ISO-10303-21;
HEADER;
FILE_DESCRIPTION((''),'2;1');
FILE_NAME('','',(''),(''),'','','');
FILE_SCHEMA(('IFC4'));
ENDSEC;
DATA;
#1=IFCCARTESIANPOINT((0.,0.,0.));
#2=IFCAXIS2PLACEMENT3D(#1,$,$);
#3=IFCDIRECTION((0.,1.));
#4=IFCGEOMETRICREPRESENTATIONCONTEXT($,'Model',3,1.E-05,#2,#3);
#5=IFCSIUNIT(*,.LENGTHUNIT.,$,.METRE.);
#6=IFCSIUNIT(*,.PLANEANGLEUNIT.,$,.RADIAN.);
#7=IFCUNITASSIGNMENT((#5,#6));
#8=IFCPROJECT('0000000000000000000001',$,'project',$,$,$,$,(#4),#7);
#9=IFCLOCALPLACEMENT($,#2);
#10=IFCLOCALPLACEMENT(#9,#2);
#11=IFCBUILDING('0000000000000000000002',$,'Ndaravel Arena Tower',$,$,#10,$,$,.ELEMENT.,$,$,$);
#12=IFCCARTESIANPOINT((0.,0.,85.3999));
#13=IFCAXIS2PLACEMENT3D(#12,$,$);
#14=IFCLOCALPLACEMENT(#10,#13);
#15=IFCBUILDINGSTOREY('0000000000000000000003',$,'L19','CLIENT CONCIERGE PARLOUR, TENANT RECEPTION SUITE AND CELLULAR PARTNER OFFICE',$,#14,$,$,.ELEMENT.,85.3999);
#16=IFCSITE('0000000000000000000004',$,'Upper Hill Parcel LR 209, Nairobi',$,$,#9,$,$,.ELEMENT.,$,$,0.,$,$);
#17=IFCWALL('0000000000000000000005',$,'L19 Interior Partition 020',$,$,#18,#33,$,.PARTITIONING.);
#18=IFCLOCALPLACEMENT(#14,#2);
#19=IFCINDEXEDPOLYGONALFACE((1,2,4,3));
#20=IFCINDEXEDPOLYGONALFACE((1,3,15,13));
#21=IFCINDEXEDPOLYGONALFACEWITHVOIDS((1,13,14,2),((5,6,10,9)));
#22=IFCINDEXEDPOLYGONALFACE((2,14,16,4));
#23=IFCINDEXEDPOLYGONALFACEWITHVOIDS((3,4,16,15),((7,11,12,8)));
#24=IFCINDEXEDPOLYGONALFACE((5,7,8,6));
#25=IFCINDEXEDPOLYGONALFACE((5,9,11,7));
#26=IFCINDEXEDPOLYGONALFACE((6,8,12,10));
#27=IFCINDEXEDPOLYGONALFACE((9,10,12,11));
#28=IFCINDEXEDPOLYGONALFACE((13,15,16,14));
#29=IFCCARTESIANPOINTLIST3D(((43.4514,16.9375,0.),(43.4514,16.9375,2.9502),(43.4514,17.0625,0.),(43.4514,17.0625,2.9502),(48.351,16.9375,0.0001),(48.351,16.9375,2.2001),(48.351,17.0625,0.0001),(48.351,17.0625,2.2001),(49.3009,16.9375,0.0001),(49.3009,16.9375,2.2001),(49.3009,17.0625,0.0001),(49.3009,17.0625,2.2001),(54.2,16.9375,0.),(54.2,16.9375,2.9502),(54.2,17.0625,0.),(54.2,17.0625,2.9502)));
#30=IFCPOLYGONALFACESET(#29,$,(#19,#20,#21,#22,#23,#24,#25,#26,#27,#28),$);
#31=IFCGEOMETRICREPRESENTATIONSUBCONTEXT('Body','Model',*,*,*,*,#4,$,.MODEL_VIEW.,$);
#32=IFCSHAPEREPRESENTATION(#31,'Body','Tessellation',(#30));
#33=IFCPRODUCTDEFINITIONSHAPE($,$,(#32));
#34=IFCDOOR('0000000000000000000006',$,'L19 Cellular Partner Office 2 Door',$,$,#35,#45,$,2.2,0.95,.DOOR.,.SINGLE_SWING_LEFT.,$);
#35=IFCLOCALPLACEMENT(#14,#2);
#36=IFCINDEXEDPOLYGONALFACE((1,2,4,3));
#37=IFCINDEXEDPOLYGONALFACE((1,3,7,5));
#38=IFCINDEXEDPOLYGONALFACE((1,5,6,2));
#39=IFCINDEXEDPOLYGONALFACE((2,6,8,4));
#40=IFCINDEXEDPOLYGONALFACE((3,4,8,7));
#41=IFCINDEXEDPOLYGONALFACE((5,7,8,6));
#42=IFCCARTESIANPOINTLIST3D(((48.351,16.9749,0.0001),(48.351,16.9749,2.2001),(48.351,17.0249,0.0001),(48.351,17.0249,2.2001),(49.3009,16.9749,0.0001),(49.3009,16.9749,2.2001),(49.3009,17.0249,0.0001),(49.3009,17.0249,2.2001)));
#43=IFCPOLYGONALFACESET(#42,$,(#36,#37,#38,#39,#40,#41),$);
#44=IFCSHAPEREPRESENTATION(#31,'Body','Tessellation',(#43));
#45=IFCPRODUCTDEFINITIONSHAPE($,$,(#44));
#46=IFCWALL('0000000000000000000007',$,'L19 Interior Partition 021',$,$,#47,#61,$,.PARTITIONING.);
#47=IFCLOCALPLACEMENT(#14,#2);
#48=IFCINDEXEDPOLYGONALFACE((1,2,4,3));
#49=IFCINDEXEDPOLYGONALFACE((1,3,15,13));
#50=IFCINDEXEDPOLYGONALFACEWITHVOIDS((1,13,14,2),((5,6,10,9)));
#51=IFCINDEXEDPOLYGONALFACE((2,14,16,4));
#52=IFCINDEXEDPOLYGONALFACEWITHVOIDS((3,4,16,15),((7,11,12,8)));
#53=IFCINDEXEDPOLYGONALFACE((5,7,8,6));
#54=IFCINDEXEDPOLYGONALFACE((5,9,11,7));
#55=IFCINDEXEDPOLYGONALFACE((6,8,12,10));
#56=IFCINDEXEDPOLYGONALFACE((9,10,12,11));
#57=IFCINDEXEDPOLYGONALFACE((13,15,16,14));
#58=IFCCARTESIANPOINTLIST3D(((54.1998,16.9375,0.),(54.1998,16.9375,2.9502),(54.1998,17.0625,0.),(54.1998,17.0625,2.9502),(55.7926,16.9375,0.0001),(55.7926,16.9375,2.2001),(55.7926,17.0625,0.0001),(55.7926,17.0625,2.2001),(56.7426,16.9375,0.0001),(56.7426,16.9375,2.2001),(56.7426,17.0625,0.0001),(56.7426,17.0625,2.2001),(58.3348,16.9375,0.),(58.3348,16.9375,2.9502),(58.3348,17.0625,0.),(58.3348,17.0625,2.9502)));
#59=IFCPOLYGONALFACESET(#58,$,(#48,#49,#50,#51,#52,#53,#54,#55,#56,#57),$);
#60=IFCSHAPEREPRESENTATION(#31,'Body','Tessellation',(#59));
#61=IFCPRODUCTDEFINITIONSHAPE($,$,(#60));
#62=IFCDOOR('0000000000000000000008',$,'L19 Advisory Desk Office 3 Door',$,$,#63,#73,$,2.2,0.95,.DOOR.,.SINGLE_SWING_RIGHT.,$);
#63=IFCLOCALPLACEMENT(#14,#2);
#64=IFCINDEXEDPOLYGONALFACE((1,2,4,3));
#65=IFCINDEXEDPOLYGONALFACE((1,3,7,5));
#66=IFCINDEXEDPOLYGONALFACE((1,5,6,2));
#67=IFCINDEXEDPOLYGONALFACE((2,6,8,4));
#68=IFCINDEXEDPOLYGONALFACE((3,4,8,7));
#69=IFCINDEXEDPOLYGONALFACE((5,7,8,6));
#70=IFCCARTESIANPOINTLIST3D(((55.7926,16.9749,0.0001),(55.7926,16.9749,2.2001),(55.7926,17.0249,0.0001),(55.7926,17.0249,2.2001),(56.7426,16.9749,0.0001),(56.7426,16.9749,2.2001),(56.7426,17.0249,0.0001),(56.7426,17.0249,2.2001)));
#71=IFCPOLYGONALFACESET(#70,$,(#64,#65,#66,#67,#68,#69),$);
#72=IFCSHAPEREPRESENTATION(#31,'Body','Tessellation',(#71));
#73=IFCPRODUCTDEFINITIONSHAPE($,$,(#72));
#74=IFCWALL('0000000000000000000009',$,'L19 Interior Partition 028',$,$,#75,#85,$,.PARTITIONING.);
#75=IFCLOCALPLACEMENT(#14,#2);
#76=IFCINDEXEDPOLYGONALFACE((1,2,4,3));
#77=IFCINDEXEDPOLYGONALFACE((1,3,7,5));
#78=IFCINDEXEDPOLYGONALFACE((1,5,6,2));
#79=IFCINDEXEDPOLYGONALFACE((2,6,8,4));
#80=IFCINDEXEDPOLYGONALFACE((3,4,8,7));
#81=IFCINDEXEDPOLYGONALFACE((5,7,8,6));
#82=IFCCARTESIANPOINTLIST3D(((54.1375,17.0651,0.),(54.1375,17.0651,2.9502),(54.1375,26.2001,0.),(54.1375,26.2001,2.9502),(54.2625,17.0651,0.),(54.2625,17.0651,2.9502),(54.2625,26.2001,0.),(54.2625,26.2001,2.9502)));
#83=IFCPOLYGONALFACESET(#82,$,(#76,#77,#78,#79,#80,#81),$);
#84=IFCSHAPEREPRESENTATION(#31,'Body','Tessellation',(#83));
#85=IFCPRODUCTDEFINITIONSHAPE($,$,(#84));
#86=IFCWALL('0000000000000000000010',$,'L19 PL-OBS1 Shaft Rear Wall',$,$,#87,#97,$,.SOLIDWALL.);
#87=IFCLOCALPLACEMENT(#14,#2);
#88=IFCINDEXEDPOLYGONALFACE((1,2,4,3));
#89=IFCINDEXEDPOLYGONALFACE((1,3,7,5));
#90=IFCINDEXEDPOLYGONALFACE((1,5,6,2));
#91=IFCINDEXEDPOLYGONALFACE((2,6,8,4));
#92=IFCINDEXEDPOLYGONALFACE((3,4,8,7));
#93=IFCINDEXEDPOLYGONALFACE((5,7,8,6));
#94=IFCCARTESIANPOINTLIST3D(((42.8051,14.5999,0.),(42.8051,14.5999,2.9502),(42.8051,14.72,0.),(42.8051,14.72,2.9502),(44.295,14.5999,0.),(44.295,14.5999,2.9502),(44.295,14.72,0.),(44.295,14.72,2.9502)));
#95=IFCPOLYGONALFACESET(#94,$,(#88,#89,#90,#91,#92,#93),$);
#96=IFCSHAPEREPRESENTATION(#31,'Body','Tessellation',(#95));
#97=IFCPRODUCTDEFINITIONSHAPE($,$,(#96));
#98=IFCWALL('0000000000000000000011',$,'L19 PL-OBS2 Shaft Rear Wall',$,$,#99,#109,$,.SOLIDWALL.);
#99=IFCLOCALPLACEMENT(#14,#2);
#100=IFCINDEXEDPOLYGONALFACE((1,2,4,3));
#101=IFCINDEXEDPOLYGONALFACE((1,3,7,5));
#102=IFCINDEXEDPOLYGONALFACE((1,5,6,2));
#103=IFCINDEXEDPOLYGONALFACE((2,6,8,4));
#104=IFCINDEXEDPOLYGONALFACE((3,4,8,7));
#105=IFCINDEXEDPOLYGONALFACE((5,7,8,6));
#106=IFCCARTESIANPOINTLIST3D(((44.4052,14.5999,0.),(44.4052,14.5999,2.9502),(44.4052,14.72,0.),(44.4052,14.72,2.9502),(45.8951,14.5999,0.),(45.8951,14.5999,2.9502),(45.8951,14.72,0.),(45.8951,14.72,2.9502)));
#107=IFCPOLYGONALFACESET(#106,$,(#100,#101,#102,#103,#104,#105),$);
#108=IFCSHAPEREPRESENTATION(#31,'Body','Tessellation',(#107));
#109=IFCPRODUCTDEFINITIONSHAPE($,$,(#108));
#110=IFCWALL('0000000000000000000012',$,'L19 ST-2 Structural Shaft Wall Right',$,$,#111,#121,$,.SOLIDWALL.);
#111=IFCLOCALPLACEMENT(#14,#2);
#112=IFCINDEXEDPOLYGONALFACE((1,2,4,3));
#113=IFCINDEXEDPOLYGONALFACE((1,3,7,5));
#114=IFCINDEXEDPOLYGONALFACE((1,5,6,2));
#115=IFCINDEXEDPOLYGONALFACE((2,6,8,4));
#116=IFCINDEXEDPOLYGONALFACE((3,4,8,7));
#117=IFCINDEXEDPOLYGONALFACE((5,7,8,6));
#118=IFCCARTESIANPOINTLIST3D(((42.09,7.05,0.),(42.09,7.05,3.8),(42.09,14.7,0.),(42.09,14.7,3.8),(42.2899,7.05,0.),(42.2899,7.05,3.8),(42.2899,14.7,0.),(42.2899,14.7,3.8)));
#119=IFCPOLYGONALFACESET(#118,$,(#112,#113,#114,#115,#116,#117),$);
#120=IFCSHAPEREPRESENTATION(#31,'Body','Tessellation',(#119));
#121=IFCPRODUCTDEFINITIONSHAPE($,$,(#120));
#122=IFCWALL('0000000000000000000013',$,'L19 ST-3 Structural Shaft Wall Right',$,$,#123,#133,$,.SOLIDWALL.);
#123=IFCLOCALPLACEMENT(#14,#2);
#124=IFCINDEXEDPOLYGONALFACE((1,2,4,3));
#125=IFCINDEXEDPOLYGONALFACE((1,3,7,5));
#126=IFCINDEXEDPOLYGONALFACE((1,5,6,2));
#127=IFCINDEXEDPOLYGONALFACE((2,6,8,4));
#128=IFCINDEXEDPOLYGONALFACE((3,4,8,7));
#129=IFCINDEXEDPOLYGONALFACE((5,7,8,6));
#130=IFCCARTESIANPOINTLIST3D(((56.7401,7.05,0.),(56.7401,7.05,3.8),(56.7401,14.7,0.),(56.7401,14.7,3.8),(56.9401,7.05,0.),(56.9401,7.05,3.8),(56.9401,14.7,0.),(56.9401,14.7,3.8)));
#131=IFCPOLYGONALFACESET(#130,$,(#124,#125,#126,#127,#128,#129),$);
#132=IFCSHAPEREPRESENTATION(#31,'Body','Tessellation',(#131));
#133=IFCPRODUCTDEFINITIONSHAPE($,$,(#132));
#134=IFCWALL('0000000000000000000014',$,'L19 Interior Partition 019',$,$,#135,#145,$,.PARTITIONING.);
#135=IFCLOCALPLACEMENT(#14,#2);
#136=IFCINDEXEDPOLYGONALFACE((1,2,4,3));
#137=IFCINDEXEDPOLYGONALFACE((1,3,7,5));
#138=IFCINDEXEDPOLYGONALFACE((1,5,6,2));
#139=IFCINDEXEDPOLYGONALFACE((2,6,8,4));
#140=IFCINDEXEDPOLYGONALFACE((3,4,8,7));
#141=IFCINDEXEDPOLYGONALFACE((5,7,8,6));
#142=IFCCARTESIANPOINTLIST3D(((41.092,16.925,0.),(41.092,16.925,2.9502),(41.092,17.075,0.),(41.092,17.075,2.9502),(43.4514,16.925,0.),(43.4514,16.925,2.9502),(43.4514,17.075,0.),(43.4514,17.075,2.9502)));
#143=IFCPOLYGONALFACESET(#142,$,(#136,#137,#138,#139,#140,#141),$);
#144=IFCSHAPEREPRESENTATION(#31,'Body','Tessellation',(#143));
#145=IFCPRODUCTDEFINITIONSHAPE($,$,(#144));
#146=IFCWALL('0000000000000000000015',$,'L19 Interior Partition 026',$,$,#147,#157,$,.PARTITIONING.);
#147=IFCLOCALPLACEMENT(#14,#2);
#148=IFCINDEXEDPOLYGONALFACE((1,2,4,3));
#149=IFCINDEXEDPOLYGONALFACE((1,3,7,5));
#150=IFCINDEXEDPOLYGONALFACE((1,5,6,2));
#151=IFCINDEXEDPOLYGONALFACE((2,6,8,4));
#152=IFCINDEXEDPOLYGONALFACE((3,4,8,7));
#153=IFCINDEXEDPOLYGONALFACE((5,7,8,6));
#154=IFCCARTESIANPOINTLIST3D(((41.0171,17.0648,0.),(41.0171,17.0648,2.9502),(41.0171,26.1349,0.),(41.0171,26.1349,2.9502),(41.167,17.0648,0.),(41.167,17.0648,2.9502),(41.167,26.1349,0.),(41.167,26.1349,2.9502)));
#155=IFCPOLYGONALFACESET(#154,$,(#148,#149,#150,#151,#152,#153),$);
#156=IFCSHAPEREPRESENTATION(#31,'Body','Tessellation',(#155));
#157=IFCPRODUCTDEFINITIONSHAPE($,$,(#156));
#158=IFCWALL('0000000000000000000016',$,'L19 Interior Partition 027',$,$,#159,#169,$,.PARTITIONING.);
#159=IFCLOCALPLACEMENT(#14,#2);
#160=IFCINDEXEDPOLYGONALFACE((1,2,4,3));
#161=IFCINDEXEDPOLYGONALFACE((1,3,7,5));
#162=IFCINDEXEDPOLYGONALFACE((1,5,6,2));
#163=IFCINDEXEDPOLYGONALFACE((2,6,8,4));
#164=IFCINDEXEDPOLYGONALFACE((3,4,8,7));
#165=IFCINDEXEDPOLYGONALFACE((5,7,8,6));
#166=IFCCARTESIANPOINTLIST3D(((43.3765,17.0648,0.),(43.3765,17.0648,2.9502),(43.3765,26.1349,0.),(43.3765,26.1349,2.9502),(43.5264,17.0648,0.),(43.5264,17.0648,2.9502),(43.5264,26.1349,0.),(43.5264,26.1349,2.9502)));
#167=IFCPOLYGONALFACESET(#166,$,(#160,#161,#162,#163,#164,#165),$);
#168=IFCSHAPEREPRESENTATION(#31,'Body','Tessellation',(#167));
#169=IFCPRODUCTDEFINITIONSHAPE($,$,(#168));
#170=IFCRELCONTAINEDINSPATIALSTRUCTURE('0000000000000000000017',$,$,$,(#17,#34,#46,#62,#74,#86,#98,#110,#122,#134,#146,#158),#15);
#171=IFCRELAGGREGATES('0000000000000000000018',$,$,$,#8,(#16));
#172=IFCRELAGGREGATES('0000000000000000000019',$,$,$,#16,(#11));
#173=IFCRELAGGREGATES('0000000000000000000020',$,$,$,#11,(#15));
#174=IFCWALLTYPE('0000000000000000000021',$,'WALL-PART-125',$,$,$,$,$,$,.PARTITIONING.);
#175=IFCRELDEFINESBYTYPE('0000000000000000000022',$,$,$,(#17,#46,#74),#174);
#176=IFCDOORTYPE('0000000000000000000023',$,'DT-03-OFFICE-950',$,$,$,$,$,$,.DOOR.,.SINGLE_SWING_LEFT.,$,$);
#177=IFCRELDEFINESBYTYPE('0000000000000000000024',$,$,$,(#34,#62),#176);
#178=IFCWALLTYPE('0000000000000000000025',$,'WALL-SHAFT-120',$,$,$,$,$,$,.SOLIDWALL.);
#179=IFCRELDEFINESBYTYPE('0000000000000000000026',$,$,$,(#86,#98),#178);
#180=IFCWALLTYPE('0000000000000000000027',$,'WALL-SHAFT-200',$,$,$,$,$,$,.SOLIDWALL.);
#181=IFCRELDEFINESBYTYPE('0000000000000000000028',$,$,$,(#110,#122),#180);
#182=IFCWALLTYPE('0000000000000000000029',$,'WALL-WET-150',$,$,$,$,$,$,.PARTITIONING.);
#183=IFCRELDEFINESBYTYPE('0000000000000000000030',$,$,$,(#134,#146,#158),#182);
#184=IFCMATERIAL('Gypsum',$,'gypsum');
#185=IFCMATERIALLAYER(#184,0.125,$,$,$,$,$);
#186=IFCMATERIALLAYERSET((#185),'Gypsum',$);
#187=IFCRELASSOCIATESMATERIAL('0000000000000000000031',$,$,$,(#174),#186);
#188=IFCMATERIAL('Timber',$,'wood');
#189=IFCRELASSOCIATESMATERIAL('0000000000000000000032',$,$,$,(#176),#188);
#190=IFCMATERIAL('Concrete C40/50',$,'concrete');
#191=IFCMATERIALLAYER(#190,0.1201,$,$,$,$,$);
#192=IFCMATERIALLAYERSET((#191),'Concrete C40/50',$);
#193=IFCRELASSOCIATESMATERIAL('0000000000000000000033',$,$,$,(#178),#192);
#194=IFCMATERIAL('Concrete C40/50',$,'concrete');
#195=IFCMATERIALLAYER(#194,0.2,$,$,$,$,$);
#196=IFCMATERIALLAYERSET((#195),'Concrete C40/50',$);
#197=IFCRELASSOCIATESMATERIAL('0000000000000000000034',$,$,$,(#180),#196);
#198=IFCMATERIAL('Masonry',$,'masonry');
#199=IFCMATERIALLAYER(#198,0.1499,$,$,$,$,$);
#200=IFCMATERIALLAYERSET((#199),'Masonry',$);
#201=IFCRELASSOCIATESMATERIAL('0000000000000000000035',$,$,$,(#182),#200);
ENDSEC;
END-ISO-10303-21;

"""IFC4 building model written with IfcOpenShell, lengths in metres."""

from ifc_helpers import new_model, si_unit, direction, frame, frame_2d, origin, place, context, subcontext, project, spatial, rectangle, extrude, material, layer, layer_set, type_object, element, fill, save


model = new_model("IFC4")

# Units and contexts
model_context = context("Model", 3, precision=1e-05, world=origin(), true_north=direction((0.0, 1.0)))
body_context = subcontext(model_context, "Body", "Model", "MODEL_VIEW")
ifc_project = project(units=[si_unit("LENGTHUNIT", "METRE"), si_unit("PLANEANGLEUNIT", "RADIAN")], contexts=[model_context])

# Site, building, storey
site_placement = place(None, origin())
site = spatial("IfcSite", under=ifc_project, at=site_placement, Name="Upper Hill Parcel LR 209, Nairobi", CompositionType="ELEMENT", RefElevation=0.0)
building_placement = place(site_placement, origin())
building = spatial("IfcBuilding", under=site, at=building_placement, Name="Ndaravel Arena Tower", CompositionType="ELEMENT")
storey_placement = place(building_placement, frame((0.0, 0.0, 85.3999)))
storey = spatial("IfcBuildingStorey", under=building, at=storey_placement, Name="L19", Description="CLIENT CONCIERGE PARLOUR, TENANT RECEPTION SUITE AND CELLULAR PARTNER OFFICE", CompositionType="ELEMENT", Elevation=85.3999)

# Shared definitions
ifc_material_1 = material(Name="Gypsum", Category="gypsum")
ifc_layer_1 = layer(ifc_material_1, 0.125)
ifc_layer_set_1 = layer_set([ifc_layer_1], Name="Gypsum")
wall_type_1 = type_object("IfcWallType", Name="WALL-PART-125", PredefinedType="PARTITIONING", material=ifc_layer_set_1)

# Walls, openings, doors
wall_1_placement = place(storey_placement, frame((43.4514, 17.0, 0.0), z_axis=(0.0, 0.0, 1.0), x_axis=(1.0, 0.0, 0.0)))
wall_1 = element("IfcWall", 1, at=wall_1_placement, inside=storey, type_object=wall_type_1, Name="L19 Interior Partition 020", PredefinedType="PARTITIONING", context=body_context, shape_type="SweptSolid", body=[
    extrude(rectangle(XDim=10.7485, YDim=0.125, at=frame_2d((5.3743, 0.0))), origin(), (0.0, 0.0, 1.0), 2.9502),
])
opening_1_placement = place(wall_1_placement, frame((4.8994, 0.0, 0.0)))
opening_1 = element("IfcOpeningElement", 2, at=opening_1_placement, cuts=wall_1, PredefinedType="OPENING", context=body_context, shape_type="SweptSolid", body=[
    extrude(rectangle(XDim=0.95, YDim=2.2, at=frame_2d((0.4751, 1.1001))), frame((0.0, 0.0625, 0.0), z_axis=(0.0, -1.0, 0.0), x_axis=(1.0, 0.0, 0.0)), (0.0, 0.0, 1.0), 0.125),
])
ifc_material_2 = material(Name="Timber", Category="wood")
door_type_1 = type_object("IfcDoorType", Name="DT-03-OFFICE-950", OperationType="SINGLE_SWING_LEFT", PredefinedType="DOOR", material=ifc_material_2)
door_1_placement = place(opening_1_placement, origin())
door_1 = element("IfcDoor", 3, at=door_1_placement, inside=storey, type_object=door_type_1, Name="L19 Cellular Partner Office 2 Door", OperationType="SINGLE_SWING_LEFT", OverallHeight=2.2, OverallWidth=0.95, PredefinedType="DOOR", context=body_context, shape_type="SweptSolid", body=[
    extrude(rectangle(XDim=0.95, YDim=2.2, at=frame_2d((0.4751, 1.1001))), frame((0.0, 0.0249, 0.0), z_axis=(0.0, -1.0, 0.0), x_axis=(1.0, 0.0, 0.0)), (0.0, 0.0, 1.0), 0.05),
])
fill(opening_1, door_1)
wall_2_placement = place(storey_placement, frame((54.2, 17.0, 0.0), z_axis=(0.0, 0.0, 1.0), x_axis=(1.0, 0.0, 0.0)))
wall_2 = element("IfcWall", 4, at=wall_2_placement, inside=storey, type_object=wall_type_1, Name="L19 Interior Partition 021", PredefinedType="PARTITIONING", context=body_context, shape_type="SweptSolid", body=[
    extrude(rectangle(XDim=4.135, YDim=0.125, at=frame_2d((2.0674, 0.0))), origin(), (0.0, 0.0, 1.0), 2.9502),
])
opening_2_placement = place(wall_2_placement, frame((1.5925, 0.0, 0.0)))
opening_2 = element("IfcOpeningElement", 5, at=opening_2_placement, cuts=wall_2, PredefinedType="OPENING", context=body_context, shape_type="SweptSolid", body=[
    extrude(rectangle(XDim=0.95, YDim=2.2, at=frame_2d((0.4751, 1.1001))), frame((0.0, 0.0625, 0.0), z_axis=(0.0, -1.0, 0.0), x_axis=(1.0, 0.0, 0.0)), (0.0, 0.0, 1.0), 0.125),
])
door_2_placement = place(opening_2_placement, origin())
door_2 = element("IfcDoor", 6, at=door_2_placement, inside=storey, type_object=door_type_1, Name="L19 Advisory Desk Office 3 Door", OperationType="SINGLE_SWING_RIGHT", OverallHeight=2.2, OverallWidth=0.95, PredefinedType="DOOR", context=body_context, shape_type="SweptSolid", body=[
    extrude(rectangle(XDim=0.95, YDim=2.2, at=frame_2d((0.4751, 1.1001))), frame((0.0, 0.0249, 0.0), z_axis=(0.0, -1.0, 0.0), x_axis=(1.0, 0.0, 0.0)), (0.0, 0.0, 1.0), 0.05),
])
fill(opening_2, door_2)

# Walls
wall_3_placement = place(storey_placement, frame((54.2, 26.2, 0.0), z_axis=(0.0, 0.0, 1.0), x_axis=(0.0, -1.0, 0.0)))
element("IfcWall", 7, at=wall_3_placement, inside=storey, type_object=wall_type_1, Name="L19 Interior Partition 028", PredefinedType="PARTITIONING", context=body_context, shape_type="SweptSolid", body=[
    extrude(rectangle(XDim=9.135, YDim=0.125, at=frame_2d((4.5674, 0.0))), origin(), (0.0, 0.0, 1.0), 2.9502),
])
ifc_material_3 = material(Name="Concrete C40/50", Category="concrete")
ifc_layer_2 = layer(ifc_material_3, 0.1201)
ifc_layer_set_2 = layer_set([ifc_layer_2], Name="Concrete C40/50")
wall_type_2 = type_object("IfcWallType", Name="WALL-SHAFT-120", PredefinedType="SOLIDWALL", material=ifc_layer_set_2)
for number, where, z_axis, x_axis, name in (
    (8, (42.8049, 14.6599, 0.0), (0.0, 0.0, 1.0), (1.0, 0.0, 0.0), "L19 PL-OBS1 Shaft Rear Wall"),
    (9, (44.405, 14.6599, 0.0), (0.0, 0.0, 1.0), (1.0, 0.0, 0.0), "L19 PL-OBS2 Shaft Rear Wall"),
):
    element("IfcWall", number, at=place(storey_placement, frame(where, z_axis=z_axis, x_axis=x_axis)), inside=storey, type_object=wall_type_2, Name=name, PredefinedType="SOLIDWALL", context=body_context, shape_type="SweptSolid", body=[
        extrude(rectangle(XDim=1.49, YDim=0.1201, at=frame_2d((0.7451, 0.0))), origin(), (0.0, 0.0, 1.0), 2.9502),
    ])
ifc_material_4 = material(Name="Concrete C40/50", Category="concrete")
ifc_layer_3 = layer(ifc_material_4, 0.2)
ifc_layer_set_3 = layer_set([ifc_layer_3], Name="Concrete C40/50")
wall_type_3 = type_object("IfcWallType", Name="WALL-SHAFT-200", PredefinedType="SOLIDWALL", material=ifc_layer_set_3)
for number, where, z_axis, x_axis, name in (
    (10, (42.1899, 14.7, 0.0), (0.0, 0.0, 1.0), (0.0, -1.0, 0.0), "L19 ST-2 Structural Shaft Wall Right"),
    (11, (56.8401, 14.7, 0.0), (0.0, 0.0, 1.0), (0.0, -1.0, 0.0), "L19 ST-3 Structural Shaft Wall Right"),
):
    element("IfcWall", number, at=place(storey_placement, frame(where, z_axis=z_axis, x_axis=x_axis)), inside=storey, type_object=wall_type_3, Name=name, PredefinedType="SOLIDWALL", context=body_context, shape_type="SweptSolid", body=[
        extrude(rectangle(XDim=7.6499, YDim=0.2, at=frame_2d((3.825, 0.0))), origin(), (0.0, 0.0, 1.0), 3.8),
    ])

# Shared definitions
ifc_material_5 = material(Name="Masonry", Category="masonry")
ifc_layer_4 = layer(ifc_material_5, 0.1499)
ifc_layer_set_4 = layer_set([ifc_layer_4], Name="Masonry")
wall_type_4 = type_object("IfcWallType", Name="WALL-WET-150", PredefinedType="PARTITIONING", material=ifc_layer_set_4)

# Walls
wall_4_placement = place(storey_placement, frame((41.092, 17.0, 0.0), z_axis=(0.0, 0.0, 1.0), x_axis=(1.0, 0.0, 0.0)))
element("IfcWall", 12, at=wall_4_placement, inside=storey, type_object=wall_type_4, Name="L19 Interior Partition 019", PredefinedType="PARTITIONING", context=body_context, shape_type="SweptSolid", body=[
    extrude(rectangle(XDim=2.3594, YDim=0.1499, at=frame_2d((1.1797, 0.0))), origin(), (0.0, 0.0, 1.0), 2.9502),
])
for number, where, z_axis, x_axis, name in (
    (13, (41.092, 26.135, 0.0), (0.0, 0.0, 1.0), (0.0, -1.0, 0.0), "L19 Interior Partition 026"),
    (14, (43.4514, 26.135, 0.0), (0.0, 0.0, 1.0), (0.0, -1.0, 0.0), "L19 Interior Partition 027"),
):
    element("IfcWall", number, at=place(storey_placement, frame(where, z_axis=z_axis, x_axis=x_axis)), inside=storey, type_object=wall_type_4, Name=name, PredefinedType="PARTITIONING", context=body_context, shape_type="SweptSolid", body=[
        extrude(rectangle(XDim=9.0701, YDim=0.1499, at=frame_2d((4.5352, 0.0))), origin(), (0.0, 0.0, 1.0), 2.9502),
    ])

save(model, "model.ifc")
